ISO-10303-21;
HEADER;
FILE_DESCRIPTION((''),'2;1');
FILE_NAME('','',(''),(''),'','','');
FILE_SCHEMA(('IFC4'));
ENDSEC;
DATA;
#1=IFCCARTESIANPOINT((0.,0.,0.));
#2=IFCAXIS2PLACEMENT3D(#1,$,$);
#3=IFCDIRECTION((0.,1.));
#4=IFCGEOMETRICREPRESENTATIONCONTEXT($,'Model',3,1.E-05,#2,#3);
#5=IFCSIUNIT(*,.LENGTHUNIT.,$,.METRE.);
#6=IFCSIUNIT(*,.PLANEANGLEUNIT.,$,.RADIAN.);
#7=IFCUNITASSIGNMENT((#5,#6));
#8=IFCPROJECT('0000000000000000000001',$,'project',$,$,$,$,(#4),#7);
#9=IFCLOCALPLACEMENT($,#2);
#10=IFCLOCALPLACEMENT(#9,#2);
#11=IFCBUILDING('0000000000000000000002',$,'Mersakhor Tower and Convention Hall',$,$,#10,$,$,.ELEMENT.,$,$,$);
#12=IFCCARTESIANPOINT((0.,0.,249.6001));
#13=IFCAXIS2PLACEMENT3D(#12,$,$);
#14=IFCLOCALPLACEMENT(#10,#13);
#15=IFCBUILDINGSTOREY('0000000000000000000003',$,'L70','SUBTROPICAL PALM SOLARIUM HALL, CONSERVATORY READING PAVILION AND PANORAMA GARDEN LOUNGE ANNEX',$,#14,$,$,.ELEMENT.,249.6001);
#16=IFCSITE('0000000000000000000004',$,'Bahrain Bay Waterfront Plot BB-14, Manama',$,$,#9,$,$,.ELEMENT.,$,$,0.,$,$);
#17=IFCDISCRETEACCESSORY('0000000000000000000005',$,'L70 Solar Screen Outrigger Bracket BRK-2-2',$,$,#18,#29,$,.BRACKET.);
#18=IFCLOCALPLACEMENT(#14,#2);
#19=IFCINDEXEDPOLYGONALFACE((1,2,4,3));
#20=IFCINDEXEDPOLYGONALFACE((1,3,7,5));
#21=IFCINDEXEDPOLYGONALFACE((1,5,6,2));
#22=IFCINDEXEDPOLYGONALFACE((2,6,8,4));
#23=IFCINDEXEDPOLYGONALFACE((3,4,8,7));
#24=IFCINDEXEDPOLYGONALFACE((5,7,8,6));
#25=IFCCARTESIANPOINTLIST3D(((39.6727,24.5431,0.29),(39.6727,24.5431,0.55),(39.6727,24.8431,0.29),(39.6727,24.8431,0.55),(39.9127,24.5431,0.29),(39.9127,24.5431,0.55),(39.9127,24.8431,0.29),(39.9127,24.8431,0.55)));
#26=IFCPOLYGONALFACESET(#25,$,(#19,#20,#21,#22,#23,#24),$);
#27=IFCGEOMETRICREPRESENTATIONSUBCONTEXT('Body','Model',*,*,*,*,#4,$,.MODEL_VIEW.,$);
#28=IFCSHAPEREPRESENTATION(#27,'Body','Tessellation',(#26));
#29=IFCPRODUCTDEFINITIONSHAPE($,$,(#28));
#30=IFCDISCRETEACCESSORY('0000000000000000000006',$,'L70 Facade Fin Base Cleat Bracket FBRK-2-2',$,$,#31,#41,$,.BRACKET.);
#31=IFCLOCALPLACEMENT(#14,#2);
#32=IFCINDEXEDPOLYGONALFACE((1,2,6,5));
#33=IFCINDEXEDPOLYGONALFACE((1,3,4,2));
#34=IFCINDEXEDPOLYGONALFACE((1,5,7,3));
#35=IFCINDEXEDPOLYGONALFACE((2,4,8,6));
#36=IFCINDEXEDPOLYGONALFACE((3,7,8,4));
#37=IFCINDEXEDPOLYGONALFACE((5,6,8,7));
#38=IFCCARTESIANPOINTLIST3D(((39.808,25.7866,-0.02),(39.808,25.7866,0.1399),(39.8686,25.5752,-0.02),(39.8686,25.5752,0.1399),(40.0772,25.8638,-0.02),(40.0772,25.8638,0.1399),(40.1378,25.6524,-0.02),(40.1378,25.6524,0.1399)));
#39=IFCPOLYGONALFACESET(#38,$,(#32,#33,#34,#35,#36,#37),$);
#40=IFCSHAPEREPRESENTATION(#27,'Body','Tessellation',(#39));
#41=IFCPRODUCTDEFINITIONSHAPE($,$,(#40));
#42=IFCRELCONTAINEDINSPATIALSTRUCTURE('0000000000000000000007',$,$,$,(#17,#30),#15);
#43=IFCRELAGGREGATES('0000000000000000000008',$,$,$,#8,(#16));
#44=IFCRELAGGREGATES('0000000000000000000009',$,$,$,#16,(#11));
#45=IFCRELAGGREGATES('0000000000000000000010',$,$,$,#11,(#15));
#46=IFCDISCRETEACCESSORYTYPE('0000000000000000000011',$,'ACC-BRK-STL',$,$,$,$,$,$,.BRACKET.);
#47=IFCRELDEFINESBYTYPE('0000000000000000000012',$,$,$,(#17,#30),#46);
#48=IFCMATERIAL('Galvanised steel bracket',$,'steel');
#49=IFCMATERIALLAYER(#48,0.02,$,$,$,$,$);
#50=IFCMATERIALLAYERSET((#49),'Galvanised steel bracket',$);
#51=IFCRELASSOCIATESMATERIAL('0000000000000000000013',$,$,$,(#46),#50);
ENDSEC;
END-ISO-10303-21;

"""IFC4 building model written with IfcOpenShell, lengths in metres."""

from ifc_helpers import new_model, si_unit, direction, frame, origin, origin_2d, place, context, subcontext, project, spatial, rectangle, extrude, material, layer, layer_set, type_object, element, save


model = new_model("IFC4")

# Units and contexts
model_context = context("Model", 3, precision=1e-05, world=origin(), true_north=direction((0.0, 1.0)))
body_context = subcontext(model_context, "Body", "Model", "MODEL_VIEW")
ifc_project = project(units=[si_unit("LENGTHUNIT", "METRE"), si_unit("PLANEANGLEUNIT", "RADIAN")], contexts=[model_context])

# Site, building, storey
site_placement = place(None, origin())
site = spatial("IfcSite", under=ifc_project, at=site_placement, Name="Bahrain Bay Waterfront Plot BB-14, Manama", CompositionType="ELEMENT", RefElevation=0.0)
building_placement = place(site_placement, origin())
building = spatial("IfcBuilding", under=site, at=building_placement, Name="Mersakhor Tower and Convention Hall", CompositionType="ELEMENT")
storey_placement = place(building_placement, frame((0.0, 0.0, 249.6001)))
storey = spatial("IfcBuildingStorey", under=building, at=storey_placement, Name="L70", Description="SUBTROPICAL PALM SOLARIUM HALL, CONSERVATORY READING PAVILION AND PANORAMA GARDEN LOUNGE ANNEX", CompositionType="ELEMENT", Elevation=249.6001)

# Discrete accessories
ifc_material_1 = material(Name="Galvanised steel bracket", Category="steel")
ifc_layer_1 = layer(ifc_material_1, 0.02)
ifc_layer_set_1 = layer_set([ifc_layer_1], Name="Galvanised steel bracket")
discrete_accessory_type = type_object("IfcDiscreteAccessoryType", Name="ACC-BRK-STL", PredefinedType="BRACKET", material=ifc_layer_set_1)
discrete_accessory_1_placement = place(storey_placement, frame((39.7927, 24.6931, 0.29), z_axis=(0.0, 0.0, 1.0), x_axis=(0.0, -1.0, 0.0)))
element("IfcDiscreteAccessory", 1, at=discrete_accessory_1_placement, inside=storey, type_object=discrete_accessory_type, Name="L70 Solar Screen Outrigger Bracket BRK-2-2", PredefinedType="BRACKET", context=body_context, shape_type="SweptSolid", body=[
    extrude(rectangle(XDim=0.3, YDim=0.24, at=origin_2d()), origin(), (0.0, 0.0, 1.0), 0.26),
])
discrete_accessory_2_placement = place(storey_placement, frame((39.9729, 25.7195, -0.02), z_axis=(0.0, 0.0, 1.0), x_axis=(0.961262, 0.275637, 0.0)))
element("IfcDiscreteAccessory", 2, at=discrete_accessory_2_placement, inside=storey, type_object=discrete_accessory_type, Name="L70 Facade Fin Base Cleat Bracket FBRK-2-2", PredefinedType="BRACKET", context=body_context, shape_type="SweptSolid", body=[
    extrude(rectangle(XDim=0.28, YDim=0.22, at=origin_2d()), origin(), (0.0, 0.0, 1.0), 0.1599),
])

save(model, "model.ifc")
